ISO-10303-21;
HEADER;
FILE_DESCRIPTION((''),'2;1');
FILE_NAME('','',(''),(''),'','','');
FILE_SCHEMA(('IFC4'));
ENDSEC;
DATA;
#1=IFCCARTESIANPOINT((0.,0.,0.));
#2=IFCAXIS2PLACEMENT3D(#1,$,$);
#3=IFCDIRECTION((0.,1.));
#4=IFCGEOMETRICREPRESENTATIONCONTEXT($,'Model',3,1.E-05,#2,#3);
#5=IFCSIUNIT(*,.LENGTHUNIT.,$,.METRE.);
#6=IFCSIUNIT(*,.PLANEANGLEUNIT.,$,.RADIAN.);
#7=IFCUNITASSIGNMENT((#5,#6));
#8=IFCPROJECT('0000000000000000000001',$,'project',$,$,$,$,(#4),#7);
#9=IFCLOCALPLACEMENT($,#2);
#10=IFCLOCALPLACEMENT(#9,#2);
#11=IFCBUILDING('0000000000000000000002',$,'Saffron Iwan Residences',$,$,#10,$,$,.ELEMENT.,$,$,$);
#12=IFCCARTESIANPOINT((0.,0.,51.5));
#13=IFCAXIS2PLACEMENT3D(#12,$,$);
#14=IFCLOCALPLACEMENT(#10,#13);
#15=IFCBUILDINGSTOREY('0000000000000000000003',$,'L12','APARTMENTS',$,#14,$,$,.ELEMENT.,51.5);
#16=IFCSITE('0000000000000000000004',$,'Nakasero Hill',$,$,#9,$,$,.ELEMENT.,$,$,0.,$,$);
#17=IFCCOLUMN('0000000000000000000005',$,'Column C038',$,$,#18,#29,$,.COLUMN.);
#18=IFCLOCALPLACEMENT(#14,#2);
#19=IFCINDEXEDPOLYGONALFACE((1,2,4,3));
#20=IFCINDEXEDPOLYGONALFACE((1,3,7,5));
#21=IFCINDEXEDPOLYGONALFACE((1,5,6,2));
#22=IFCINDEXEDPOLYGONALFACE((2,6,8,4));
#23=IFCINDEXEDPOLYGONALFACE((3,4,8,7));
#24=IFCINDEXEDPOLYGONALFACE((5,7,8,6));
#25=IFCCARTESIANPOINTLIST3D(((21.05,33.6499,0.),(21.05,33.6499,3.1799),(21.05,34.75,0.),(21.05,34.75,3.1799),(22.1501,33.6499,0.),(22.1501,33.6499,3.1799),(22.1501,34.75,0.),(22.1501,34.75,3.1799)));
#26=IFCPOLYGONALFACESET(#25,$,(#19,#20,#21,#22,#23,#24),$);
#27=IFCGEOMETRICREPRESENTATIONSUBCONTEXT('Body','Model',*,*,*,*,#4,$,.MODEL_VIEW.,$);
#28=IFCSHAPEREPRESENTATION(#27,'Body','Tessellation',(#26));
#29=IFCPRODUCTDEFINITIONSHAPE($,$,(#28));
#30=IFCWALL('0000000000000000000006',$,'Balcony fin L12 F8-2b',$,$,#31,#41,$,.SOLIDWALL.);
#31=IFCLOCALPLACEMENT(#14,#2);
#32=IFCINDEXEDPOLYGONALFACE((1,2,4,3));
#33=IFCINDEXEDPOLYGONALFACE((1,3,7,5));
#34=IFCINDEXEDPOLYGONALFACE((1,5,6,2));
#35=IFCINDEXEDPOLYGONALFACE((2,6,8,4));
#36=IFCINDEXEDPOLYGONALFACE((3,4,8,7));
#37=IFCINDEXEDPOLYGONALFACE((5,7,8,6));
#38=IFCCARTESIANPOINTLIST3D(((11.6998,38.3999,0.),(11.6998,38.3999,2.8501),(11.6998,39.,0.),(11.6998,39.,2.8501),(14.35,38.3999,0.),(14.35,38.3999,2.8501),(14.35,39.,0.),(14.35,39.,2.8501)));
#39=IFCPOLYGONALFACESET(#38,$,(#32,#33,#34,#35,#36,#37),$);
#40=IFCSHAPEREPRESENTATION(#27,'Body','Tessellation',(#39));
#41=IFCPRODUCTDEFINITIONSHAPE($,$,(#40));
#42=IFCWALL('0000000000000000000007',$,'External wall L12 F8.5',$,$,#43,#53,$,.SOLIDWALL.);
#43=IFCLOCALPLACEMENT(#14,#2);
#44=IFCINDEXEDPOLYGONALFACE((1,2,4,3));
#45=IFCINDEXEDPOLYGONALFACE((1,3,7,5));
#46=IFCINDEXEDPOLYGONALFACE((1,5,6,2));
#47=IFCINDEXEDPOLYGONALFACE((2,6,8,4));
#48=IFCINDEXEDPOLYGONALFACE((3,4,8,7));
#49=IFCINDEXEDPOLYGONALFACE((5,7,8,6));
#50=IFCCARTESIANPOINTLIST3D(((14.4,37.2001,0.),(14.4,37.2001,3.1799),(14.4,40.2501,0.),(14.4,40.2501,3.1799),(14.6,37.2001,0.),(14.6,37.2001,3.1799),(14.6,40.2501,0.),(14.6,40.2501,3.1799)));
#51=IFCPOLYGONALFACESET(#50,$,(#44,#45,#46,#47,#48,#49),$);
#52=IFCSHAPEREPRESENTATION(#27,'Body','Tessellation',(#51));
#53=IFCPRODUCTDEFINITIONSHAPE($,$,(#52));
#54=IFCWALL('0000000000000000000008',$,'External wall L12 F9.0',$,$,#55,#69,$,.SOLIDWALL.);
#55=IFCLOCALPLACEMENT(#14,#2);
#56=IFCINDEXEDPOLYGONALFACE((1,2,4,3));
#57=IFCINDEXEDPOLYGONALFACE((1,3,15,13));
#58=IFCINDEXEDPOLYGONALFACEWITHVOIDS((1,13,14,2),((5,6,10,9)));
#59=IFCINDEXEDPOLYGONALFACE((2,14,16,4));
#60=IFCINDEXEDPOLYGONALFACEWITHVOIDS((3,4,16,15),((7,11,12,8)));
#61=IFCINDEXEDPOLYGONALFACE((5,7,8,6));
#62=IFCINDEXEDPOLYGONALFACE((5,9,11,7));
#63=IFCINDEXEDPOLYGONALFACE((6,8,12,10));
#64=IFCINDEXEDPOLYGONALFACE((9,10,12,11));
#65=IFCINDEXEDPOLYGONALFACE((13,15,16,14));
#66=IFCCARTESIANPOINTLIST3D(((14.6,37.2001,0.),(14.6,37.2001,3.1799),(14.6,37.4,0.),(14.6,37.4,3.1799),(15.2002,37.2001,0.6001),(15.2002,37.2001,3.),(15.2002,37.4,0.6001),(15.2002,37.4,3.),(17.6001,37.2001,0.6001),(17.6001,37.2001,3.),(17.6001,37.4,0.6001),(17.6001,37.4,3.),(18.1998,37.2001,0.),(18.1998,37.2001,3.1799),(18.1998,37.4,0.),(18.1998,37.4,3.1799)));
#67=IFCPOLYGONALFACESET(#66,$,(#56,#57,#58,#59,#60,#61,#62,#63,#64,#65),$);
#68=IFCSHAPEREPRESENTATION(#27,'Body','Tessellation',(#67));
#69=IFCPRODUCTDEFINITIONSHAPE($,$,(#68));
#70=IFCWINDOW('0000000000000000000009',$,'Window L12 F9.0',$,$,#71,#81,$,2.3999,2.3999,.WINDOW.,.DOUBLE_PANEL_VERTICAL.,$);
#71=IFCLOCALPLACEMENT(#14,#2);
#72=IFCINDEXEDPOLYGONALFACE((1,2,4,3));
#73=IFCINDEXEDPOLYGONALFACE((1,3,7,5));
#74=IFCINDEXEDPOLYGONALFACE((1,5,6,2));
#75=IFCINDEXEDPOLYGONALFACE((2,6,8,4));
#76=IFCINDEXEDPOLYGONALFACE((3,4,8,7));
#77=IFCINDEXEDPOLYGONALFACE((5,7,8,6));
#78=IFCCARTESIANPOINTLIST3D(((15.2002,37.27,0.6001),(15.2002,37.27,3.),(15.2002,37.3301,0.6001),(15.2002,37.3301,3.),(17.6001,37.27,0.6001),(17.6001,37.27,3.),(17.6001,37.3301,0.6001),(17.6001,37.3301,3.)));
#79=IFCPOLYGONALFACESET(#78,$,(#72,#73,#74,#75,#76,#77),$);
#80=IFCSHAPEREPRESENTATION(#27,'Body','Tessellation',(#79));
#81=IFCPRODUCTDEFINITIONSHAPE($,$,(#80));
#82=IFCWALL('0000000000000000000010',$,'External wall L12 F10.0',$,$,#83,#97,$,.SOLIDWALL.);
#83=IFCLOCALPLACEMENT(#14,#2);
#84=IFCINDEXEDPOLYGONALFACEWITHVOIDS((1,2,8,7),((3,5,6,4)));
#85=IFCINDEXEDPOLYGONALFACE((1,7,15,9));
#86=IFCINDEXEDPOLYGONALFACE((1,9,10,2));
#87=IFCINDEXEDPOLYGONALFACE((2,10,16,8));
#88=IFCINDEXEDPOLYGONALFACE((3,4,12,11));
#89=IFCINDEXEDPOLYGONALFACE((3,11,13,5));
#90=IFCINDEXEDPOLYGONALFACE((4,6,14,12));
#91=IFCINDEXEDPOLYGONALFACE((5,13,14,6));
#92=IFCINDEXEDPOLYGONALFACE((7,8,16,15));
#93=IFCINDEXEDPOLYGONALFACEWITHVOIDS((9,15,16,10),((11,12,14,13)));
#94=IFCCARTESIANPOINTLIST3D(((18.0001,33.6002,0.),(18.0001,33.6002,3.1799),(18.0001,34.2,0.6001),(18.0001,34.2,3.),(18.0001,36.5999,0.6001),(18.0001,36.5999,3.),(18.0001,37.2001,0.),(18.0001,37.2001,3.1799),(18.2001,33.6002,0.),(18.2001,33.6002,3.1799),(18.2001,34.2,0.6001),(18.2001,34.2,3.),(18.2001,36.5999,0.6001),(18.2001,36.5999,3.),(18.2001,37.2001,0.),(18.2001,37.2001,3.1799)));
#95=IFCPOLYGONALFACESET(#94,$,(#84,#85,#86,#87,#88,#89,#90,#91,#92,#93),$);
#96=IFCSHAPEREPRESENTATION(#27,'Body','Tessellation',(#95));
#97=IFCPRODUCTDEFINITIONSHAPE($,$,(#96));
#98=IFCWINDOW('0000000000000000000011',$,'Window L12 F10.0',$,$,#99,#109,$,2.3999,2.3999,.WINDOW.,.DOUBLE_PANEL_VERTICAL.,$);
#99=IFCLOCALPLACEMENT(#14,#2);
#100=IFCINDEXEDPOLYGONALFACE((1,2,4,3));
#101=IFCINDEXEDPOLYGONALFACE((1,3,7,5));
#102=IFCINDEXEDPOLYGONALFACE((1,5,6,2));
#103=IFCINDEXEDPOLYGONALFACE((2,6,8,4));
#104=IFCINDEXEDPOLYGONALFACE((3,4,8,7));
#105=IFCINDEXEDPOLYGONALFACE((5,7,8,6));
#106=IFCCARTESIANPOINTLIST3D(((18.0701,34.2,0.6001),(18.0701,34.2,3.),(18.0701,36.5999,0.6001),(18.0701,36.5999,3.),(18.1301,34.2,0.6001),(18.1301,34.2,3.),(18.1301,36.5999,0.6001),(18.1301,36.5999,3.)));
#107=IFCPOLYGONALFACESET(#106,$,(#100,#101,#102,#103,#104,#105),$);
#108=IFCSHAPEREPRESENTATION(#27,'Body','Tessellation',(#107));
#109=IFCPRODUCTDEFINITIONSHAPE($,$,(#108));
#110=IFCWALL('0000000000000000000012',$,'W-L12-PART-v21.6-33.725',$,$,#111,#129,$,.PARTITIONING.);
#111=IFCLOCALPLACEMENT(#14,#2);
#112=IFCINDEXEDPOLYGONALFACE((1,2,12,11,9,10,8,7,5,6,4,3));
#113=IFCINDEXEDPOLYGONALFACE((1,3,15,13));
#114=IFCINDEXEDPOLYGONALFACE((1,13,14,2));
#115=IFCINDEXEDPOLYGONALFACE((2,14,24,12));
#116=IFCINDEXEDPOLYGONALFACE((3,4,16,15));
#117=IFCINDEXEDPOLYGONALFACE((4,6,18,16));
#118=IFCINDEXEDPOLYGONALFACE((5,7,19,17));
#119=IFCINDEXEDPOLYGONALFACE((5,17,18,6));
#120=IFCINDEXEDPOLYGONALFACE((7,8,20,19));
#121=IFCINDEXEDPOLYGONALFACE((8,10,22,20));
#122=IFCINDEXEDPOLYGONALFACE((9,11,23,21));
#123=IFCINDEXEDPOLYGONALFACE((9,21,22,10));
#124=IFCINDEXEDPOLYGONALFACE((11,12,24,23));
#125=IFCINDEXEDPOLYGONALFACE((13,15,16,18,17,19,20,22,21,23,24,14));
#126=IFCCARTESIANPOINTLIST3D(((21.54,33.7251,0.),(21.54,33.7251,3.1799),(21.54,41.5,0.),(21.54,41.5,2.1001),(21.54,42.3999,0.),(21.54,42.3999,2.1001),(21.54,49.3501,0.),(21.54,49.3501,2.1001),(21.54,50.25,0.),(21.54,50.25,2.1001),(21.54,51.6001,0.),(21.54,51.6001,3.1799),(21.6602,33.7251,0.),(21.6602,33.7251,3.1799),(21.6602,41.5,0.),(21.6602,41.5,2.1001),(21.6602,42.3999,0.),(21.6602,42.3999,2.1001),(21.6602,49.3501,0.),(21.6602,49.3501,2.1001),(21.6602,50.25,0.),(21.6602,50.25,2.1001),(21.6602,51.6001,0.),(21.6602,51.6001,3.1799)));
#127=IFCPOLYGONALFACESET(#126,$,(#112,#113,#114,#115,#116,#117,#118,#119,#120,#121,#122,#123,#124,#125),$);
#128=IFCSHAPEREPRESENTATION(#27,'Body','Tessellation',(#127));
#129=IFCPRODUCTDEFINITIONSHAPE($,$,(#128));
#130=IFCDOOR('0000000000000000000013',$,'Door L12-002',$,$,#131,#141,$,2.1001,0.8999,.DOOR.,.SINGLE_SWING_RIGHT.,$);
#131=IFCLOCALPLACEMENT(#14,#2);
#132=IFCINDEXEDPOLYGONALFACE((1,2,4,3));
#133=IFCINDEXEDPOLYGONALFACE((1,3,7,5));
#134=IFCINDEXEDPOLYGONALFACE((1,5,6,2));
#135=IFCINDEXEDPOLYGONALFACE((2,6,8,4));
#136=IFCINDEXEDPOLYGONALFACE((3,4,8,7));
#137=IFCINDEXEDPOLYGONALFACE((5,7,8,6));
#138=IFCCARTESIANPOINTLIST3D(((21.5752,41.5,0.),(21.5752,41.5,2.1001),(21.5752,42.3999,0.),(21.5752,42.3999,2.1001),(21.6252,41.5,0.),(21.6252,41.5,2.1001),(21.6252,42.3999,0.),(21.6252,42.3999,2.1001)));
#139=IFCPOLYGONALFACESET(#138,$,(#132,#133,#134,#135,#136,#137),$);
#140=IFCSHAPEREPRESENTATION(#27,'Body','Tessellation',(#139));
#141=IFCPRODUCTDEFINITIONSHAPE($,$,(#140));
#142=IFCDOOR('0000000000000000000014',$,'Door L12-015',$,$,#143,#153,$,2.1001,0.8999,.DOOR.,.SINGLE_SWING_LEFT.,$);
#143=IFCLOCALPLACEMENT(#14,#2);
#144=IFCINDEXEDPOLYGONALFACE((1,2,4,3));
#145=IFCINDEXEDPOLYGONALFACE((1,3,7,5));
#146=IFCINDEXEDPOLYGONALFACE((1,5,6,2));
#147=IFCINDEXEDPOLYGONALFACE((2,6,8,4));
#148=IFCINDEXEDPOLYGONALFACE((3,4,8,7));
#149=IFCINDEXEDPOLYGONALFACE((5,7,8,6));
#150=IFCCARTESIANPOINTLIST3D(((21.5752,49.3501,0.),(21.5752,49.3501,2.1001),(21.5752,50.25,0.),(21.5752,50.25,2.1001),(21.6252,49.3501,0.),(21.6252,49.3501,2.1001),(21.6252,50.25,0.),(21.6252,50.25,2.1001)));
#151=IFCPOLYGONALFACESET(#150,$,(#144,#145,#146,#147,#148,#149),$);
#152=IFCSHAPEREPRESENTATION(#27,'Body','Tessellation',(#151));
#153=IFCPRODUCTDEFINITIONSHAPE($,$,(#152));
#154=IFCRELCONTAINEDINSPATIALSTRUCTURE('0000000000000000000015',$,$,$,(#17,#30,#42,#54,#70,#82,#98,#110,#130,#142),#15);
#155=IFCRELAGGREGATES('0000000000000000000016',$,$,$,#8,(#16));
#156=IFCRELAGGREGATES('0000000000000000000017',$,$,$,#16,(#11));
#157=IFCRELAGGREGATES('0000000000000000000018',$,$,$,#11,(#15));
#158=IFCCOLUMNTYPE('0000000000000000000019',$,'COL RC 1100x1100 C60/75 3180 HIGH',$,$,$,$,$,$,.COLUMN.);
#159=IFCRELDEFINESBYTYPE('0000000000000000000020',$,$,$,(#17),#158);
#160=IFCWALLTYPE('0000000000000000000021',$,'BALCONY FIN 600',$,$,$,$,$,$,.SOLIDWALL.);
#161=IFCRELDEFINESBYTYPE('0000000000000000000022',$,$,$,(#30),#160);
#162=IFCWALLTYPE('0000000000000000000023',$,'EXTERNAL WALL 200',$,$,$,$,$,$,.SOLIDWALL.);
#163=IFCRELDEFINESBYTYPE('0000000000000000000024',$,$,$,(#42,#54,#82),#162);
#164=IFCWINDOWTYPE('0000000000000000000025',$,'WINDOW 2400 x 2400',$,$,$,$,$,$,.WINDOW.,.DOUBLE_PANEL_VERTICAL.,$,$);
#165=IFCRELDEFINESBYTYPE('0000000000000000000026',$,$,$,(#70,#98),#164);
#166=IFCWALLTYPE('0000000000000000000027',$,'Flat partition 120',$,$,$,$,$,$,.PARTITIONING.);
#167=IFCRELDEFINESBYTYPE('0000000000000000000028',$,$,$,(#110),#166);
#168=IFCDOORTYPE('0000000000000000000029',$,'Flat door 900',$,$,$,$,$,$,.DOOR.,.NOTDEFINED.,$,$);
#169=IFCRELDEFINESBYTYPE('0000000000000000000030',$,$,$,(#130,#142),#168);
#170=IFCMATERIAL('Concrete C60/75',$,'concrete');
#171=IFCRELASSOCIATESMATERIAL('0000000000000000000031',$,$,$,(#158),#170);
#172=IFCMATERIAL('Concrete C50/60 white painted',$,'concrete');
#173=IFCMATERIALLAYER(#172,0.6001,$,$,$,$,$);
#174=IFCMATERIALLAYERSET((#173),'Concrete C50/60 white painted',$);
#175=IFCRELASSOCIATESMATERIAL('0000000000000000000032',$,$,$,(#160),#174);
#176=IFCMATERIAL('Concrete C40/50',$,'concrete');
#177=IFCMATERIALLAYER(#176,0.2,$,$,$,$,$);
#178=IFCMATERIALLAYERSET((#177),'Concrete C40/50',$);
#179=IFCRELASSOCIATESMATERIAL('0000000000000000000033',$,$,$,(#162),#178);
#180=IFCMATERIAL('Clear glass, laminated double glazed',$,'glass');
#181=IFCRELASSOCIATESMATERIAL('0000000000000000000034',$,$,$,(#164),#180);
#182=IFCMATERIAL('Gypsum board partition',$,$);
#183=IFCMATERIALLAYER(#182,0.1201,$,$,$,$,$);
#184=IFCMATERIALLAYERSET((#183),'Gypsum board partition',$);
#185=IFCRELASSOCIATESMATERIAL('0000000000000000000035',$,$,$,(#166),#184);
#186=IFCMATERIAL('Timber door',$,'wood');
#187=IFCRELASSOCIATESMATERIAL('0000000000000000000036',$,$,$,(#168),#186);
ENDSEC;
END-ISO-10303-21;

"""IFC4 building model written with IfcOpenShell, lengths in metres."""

from ifc_helpers import new_model, si_unit, direction, frame, frame_2d, origin, origin_2d, place, context, subcontext, project, spatial, rectangle, extrude, source, transform, mapped, material, layer, layer_set, material_profile, profile_set, type_object, element, fill, save


model = new_model("IFC4")

# Units and contexts
model_context = context("Model", 3, precision=1e-05, world=origin(), true_north=direction((0.0, 1.0)))
body_context = subcontext(model_context, "Body", "Model", "MODEL_VIEW")
ifc_project = project(units=[si_unit("LENGTHUNIT", "METRE"), si_unit("PLANEANGLEUNIT", "RADIAN")], contexts=[model_context])

# Site, building, storey
site_placement = place(None, origin())
site = spatial("IfcSite", under=ifc_project, at=site_placement, Name="Nakasero Hill", CompositionType="ELEMENT", RefElevation=0.0)
building_placement = place(site_placement, origin())
building = spatial("IfcBuilding", under=site, at=building_placement, Name="Saffron Iwan Residences", CompositionType="ELEMENT")
storey_placement = place(building_placement, frame((0.0, 0.0, 51.5)))
storey = spatial("IfcBuildingStorey", under=building, at=storey_placement, Name="L12", Description="APARTMENTS", CompositionType="ELEMENT", Elevation=51.5)

# Column
ifc_material_1 = material(Name="Concrete C60/75", Category="concrete")
ifc_material_profile = material_profile(ifc_material_1, rectangle(XDim=1.1001, YDim=1.1001, at=origin_2d()), Name="RC 1100x1100")
ifc_profile_set = profile_set([ifc_material_profile], Name="Concrete C60/75")
column_type = type_object("IfcColumnType", Name="COL RC 1100x1100 C60/75 3180 HIGH", PredefinedType="COLUMN", material=ifc_profile_set)
shared_shape = source(origin(), body_context, "Body", "SweptSolid", [
    extrude(rectangle(XDim=1.1001, YDim=1.1001, at=origin_2d()), origin(), (0.0, 0.0, 1.0), 3.1799),
])
column_placement = place(storey_placement, frame((21.6001, 34.2, 0.0), z_axis=(0.0, 0.0, 1.0), x_axis=(1.0, 0.0, 0.0)))
element("IfcColumn", 1, at=column_placement, inside=storey, type_object=column_type, Name="Column C038", PredefinedType="COLUMN", context=body_context, shape_type="MappedRepresentation", body=[
    mapped(shared_shape, transform((0.0, 0.0, 0.0))),
])

# Walls
ifc_material_2 = material(Name="Concrete C50/60 white painted", Category="concrete")
ifc_layer_1 = layer(ifc_material_2, 0.6001)
ifc_layer_set_1 = layer_set([ifc_layer_1], Name="Concrete C50/60 white painted")
wall_type_1 = type_object("IfcWallType", Name="BALCONY FIN 600", PredefinedType="SOLIDWALL", material=ifc_layer_set_1)
wall_1_placement = place(storey_placement, frame((14.3501, 38.7, 0.0), z_axis=(0.0, 0.0, 1.0), x_axis=(-1.0, 0.0, 0.0)))
element("IfcWall", 2, at=wall_1_placement, inside=storey, type_object=wall_type_1, Name="Balcony fin L12 F8-2b", PredefinedType="SOLIDWALL", context=body_context, shape_type="SweptSolid", body=[
    extrude(rectangle(XDim=2.6501, YDim=0.6001, at=frame_2d((1.3252, 0.0))), origin(), (0.0, 0.0, 1.0), 2.8501),
])
ifc_material_3 = material(Name="Concrete C40/50", Category="concrete")
ifc_layer_2 = layer(ifc_material_3, 0.2)
ifc_layer_set_2 = layer_set([ifc_layer_2], Name="Concrete C40/50")
wall_type_2 = type_object("IfcWallType", Name="EXTERNAL WALL 200", PredefinedType="SOLIDWALL", material=ifc_layer_set_2)
wall_2_placement = place(storey_placement, frame((14.5, 40.25, 0.0), z_axis=(0.0, 0.0, 1.0), x_axis=(0.0, -1.0, 0.0)))
element("IfcWall", 3, at=wall_2_placement, inside=storey, type_object=wall_type_2, Name="External wall L12 F8.5", PredefinedType="SOLIDWALL", context=body_context, shape_type="SweptSolid", body=[
    extrude(rectangle(XDim=3.05, YDim=0.2, at=frame_2d((1.5249, 0.0))), origin(), (0.0, 0.0, 1.0), 3.1799),
])

# Walls, openings, windows
wall_3_placement = place(storey_placement, frame((14.6001, 37.3, 0.0), z_axis=(0.0, 0.0, 1.0), x_axis=(1.0, 0.0, 0.0)))
wall_3 = element("IfcWall", 4, at=wall_3_placement, inside=storey, type_object=wall_type_2, Name="External wall L12 F9.0", PredefinedType="SOLIDWALL", context=body_context, shape_type="SweptSolid", body=[
    extrude(rectangle(XDim=3.5999, YDim=0.2, at=frame_2d((1.7998, 0.0))), origin(), (0.0, 0.0, 1.0), 3.1799),
])
opening_1_placement = place(wall_3_placement, frame((0.6001, 0.0, 0.6001)))
opening_1 = element("IfcOpeningElement", 5, at=opening_1_placement, cuts=wall_3, PredefinedType="OPENING", context=body_context, shape_type="SweptSolid", body=[
    extrude(rectangle(XDim=2.3999, YDim=2.3999, at=frame_2d((1.2, 1.2))), frame((0.0, 0.1099, 0.0), z_axis=(0.0, -1.0, 0.0), x_axis=(1.0, 0.0, 0.0)), (0.0, 0.0, 1.0), 0.22),
])
ifc_material_4 = material(Name="Clear glass, laminated double glazed", Category="glass")
window_type = type_object("IfcWindowType", Name="WINDOW 2400 x 2400", PartitioningType="DOUBLE_PANEL_VERTICAL", PredefinedType="WINDOW", material=ifc_material_4)
window_1_placement = place(opening_1_placement, origin())
window_1 = element("IfcWindow", 6, at=window_1_placement, inside=storey, type_object=window_type, Name="Window L12 F9.0", OverallHeight=2.3999, OverallWidth=2.3999, PartitioningType="DOUBLE_PANEL_VERTICAL", PredefinedType="WINDOW", context=body_context, shape_type="SweptSolid", body=[
    extrude(rectangle(XDim=2.3999, YDim=2.3999, at=frame_2d((1.2, 1.2))), frame((0.0, 0.03, 0.0), z_axis=(0.0, -1.0, 0.0), x_axis=(1.0, 0.0, 0.0)), (0.0, 0.0, 1.0), 0.0601),
])
fill(opening_1, window_1)
wall_4_placement = place(storey_placement, frame((18.1001, 37.2, 0.0), z_axis=(0.0, 0.0, 1.0), x_axis=(0.0, -1.0, 0.0)))
wall_4 = element("IfcWall", 7, at=wall_4_placement, inside=storey, type_object=wall_type_2, Name="External wall L12 F10.0", PredefinedType="SOLIDWALL", context=body_context, shape_type="SweptSolid", body=[
    extrude(rectangle(XDim=3.5999, YDim=0.2, at=frame_2d((1.7998, 0.0))), origin(), (0.0, 0.0, 1.0), 3.1799),
])
opening_2_placement = place(wall_4_placement, frame((0.6001, 0.0, 0.6001)))
opening_2 = element("IfcOpeningElement", 8, at=opening_2_placement, cuts=wall_4, PredefinedType="OPENING", context=body_context, shape_type="SweptSolid", body=[
    extrude(rectangle(XDim=2.3999, YDim=2.3999, at=frame_2d((1.2, 1.2))), frame((0.0, 0.1099, 0.0), z_axis=(0.0, -1.0, 0.0), x_axis=(1.0, 0.0, 0.0)), (0.0, 0.0, 1.0), 0.22),
])
window_2_placement = place(opening_2_placement, origin())
window_2 = element("IfcWindow", 9, at=window_2_placement, inside=storey, type_object=window_type, Name="Window L12 F10.0", OverallHeight=2.3999, OverallWidth=2.3999, PartitioningType="DOUBLE_PANEL_VERTICAL", PredefinedType="WINDOW", context=body_context, shape_type="SweptSolid", body=[
    extrude(rectangle(XDim=2.3999, YDim=2.3999, at=frame_2d((1.2, 1.2))), frame((0.0, 0.03, 0.0), z_axis=(0.0, -1.0, 0.0), x_axis=(1.0, 0.0, 0.0)), (0.0, 0.0, 1.0), 0.0601),
])
fill(opening_2, window_2)

# Wall, openings, doors
ifc_material_5 = material(Name="Gypsum board partition")
ifc_layer_3 = layer(ifc_material_5, 0.1201)
ifc_layer_set_3 = layer_set([ifc_layer_3], Name="Gypsum board partition")
wall_type_3 = type_object("IfcWallType", Name="Flat partition 120", PredefinedType="PARTITIONING", material=ifc_layer_set_3)
wall_5_placement = place(storey_placement, frame((21.6001, 33.7251, 0.0), z_axis=(0.0, 0.0, 1.0), x_axis=(0.0, 1.0, 0.0)))
wall_5 = element("IfcWall", 10, at=wall_5_placement, inside=storey, type_object=wall_type_3, Name="W-L12-PART-v21.6-33.725", PredefinedType="PARTITIONING", context=body_context, shape_type="SweptSolid", body=[
    extrude(rectangle(XDim=17.875, YDim=0.1201, at=frame_2d((8.9375, 0.0))), origin(), (0.0, 0.0, 1.0), 3.1799),
])
opening_3_placement = place(wall_5_placement, frame((7.7749, 0.0, 0.0)))
opening_3 = element("IfcOpeningElement", 11, at=opening_3_placement, cuts=wall_5, PredefinedType="OPENING", context=body_context, shape_type="SweptSolid", body=[
    extrude(rectangle(XDim=0.8999, YDim=2.1001, at=frame_2d((0.45, 1.05))), frame((0.0, 0.0701, 0.0), z_axis=(0.0, -1.0, 0.0), x_axis=(1.0, 0.0, 0.0)), (0.0, 0.0, 1.0), 0.1401),
])
opening_4_placement = place(wall_5_placement, frame((15.625, 0.0, 0.0)))
opening_4 = element("IfcOpeningElement", 12, at=opening_4_placement, cuts=wall_5, PredefinedType="OPENING", context=body_context, shape_type="SweptSolid", body=[
    extrude(rectangle(XDim=0.8999, YDim=2.1001, at=frame_2d((0.45, 1.05))), frame((0.0, 0.0701, 0.0), z_axis=(0.0, -1.0, 0.0), x_axis=(1.0, 0.0, 0.0)), (0.0, 0.0, 1.0), 0.1401),
])
ifc_material_6 = material(Name="Timber door", Category="wood")
door_type_1 = type_object("IfcDoorType", Name="Flat door 900", OperationType="NOTDEFINED", PredefinedType="DOOR", material=ifc_material_6)
door_1_placement = place(opening_3_placement, origin())
door_1 = element("IfcDoor", 13, at=door_1_placement, inside=storey, type_object=door_type_1, Name="Door L12-002", OperationType="SINGLE_SWING_RIGHT", OverallHeight=2.1001, OverallWidth=0.8999, PredefinedType="DOOR", context=body_context, shape_type="SweptSolid", body=[
    extrude(rectangle(XDim=0.8999, YDim=2.1001, at=frame_2d((0.45, 1.05))), frame((0.0, 0.0249, 0.0), z_axis=(0.0, -1.0, 0.0), x_axis=(1.0, 0.0, 0.0)), (0.0, 0.0, 1.0), 0.05),
])
fill(opening_3, door_1)
door_2_placement = place(opening_4_placement, origin())
door_2 = element("IfcDoor", 14, at=door_2_placement, inside=storey, type_object=door_type_1, Name="Door L12-015", OperationType="SINGLE_SWING_LEFT", OverallHeight=2.1001, OverallWidth=0.8999, PredefinedType="DOOR", context=body_context, shape_type="SweptSolid", body=[
    extrude(rectangle(XDim=0.8999, YDim=2.1001, at=frame_2d((0.45, 1.05))), frame((0.0, 0.0249, 0.0), z_axis=(0.0, -1.0, 0.0), x_axis=(1.0, 0.0, 0.0)), (0.0, 0.0, 1.0), 0.05),
])
fill(opening_4, door_2)

save(model, "model.ifc")
